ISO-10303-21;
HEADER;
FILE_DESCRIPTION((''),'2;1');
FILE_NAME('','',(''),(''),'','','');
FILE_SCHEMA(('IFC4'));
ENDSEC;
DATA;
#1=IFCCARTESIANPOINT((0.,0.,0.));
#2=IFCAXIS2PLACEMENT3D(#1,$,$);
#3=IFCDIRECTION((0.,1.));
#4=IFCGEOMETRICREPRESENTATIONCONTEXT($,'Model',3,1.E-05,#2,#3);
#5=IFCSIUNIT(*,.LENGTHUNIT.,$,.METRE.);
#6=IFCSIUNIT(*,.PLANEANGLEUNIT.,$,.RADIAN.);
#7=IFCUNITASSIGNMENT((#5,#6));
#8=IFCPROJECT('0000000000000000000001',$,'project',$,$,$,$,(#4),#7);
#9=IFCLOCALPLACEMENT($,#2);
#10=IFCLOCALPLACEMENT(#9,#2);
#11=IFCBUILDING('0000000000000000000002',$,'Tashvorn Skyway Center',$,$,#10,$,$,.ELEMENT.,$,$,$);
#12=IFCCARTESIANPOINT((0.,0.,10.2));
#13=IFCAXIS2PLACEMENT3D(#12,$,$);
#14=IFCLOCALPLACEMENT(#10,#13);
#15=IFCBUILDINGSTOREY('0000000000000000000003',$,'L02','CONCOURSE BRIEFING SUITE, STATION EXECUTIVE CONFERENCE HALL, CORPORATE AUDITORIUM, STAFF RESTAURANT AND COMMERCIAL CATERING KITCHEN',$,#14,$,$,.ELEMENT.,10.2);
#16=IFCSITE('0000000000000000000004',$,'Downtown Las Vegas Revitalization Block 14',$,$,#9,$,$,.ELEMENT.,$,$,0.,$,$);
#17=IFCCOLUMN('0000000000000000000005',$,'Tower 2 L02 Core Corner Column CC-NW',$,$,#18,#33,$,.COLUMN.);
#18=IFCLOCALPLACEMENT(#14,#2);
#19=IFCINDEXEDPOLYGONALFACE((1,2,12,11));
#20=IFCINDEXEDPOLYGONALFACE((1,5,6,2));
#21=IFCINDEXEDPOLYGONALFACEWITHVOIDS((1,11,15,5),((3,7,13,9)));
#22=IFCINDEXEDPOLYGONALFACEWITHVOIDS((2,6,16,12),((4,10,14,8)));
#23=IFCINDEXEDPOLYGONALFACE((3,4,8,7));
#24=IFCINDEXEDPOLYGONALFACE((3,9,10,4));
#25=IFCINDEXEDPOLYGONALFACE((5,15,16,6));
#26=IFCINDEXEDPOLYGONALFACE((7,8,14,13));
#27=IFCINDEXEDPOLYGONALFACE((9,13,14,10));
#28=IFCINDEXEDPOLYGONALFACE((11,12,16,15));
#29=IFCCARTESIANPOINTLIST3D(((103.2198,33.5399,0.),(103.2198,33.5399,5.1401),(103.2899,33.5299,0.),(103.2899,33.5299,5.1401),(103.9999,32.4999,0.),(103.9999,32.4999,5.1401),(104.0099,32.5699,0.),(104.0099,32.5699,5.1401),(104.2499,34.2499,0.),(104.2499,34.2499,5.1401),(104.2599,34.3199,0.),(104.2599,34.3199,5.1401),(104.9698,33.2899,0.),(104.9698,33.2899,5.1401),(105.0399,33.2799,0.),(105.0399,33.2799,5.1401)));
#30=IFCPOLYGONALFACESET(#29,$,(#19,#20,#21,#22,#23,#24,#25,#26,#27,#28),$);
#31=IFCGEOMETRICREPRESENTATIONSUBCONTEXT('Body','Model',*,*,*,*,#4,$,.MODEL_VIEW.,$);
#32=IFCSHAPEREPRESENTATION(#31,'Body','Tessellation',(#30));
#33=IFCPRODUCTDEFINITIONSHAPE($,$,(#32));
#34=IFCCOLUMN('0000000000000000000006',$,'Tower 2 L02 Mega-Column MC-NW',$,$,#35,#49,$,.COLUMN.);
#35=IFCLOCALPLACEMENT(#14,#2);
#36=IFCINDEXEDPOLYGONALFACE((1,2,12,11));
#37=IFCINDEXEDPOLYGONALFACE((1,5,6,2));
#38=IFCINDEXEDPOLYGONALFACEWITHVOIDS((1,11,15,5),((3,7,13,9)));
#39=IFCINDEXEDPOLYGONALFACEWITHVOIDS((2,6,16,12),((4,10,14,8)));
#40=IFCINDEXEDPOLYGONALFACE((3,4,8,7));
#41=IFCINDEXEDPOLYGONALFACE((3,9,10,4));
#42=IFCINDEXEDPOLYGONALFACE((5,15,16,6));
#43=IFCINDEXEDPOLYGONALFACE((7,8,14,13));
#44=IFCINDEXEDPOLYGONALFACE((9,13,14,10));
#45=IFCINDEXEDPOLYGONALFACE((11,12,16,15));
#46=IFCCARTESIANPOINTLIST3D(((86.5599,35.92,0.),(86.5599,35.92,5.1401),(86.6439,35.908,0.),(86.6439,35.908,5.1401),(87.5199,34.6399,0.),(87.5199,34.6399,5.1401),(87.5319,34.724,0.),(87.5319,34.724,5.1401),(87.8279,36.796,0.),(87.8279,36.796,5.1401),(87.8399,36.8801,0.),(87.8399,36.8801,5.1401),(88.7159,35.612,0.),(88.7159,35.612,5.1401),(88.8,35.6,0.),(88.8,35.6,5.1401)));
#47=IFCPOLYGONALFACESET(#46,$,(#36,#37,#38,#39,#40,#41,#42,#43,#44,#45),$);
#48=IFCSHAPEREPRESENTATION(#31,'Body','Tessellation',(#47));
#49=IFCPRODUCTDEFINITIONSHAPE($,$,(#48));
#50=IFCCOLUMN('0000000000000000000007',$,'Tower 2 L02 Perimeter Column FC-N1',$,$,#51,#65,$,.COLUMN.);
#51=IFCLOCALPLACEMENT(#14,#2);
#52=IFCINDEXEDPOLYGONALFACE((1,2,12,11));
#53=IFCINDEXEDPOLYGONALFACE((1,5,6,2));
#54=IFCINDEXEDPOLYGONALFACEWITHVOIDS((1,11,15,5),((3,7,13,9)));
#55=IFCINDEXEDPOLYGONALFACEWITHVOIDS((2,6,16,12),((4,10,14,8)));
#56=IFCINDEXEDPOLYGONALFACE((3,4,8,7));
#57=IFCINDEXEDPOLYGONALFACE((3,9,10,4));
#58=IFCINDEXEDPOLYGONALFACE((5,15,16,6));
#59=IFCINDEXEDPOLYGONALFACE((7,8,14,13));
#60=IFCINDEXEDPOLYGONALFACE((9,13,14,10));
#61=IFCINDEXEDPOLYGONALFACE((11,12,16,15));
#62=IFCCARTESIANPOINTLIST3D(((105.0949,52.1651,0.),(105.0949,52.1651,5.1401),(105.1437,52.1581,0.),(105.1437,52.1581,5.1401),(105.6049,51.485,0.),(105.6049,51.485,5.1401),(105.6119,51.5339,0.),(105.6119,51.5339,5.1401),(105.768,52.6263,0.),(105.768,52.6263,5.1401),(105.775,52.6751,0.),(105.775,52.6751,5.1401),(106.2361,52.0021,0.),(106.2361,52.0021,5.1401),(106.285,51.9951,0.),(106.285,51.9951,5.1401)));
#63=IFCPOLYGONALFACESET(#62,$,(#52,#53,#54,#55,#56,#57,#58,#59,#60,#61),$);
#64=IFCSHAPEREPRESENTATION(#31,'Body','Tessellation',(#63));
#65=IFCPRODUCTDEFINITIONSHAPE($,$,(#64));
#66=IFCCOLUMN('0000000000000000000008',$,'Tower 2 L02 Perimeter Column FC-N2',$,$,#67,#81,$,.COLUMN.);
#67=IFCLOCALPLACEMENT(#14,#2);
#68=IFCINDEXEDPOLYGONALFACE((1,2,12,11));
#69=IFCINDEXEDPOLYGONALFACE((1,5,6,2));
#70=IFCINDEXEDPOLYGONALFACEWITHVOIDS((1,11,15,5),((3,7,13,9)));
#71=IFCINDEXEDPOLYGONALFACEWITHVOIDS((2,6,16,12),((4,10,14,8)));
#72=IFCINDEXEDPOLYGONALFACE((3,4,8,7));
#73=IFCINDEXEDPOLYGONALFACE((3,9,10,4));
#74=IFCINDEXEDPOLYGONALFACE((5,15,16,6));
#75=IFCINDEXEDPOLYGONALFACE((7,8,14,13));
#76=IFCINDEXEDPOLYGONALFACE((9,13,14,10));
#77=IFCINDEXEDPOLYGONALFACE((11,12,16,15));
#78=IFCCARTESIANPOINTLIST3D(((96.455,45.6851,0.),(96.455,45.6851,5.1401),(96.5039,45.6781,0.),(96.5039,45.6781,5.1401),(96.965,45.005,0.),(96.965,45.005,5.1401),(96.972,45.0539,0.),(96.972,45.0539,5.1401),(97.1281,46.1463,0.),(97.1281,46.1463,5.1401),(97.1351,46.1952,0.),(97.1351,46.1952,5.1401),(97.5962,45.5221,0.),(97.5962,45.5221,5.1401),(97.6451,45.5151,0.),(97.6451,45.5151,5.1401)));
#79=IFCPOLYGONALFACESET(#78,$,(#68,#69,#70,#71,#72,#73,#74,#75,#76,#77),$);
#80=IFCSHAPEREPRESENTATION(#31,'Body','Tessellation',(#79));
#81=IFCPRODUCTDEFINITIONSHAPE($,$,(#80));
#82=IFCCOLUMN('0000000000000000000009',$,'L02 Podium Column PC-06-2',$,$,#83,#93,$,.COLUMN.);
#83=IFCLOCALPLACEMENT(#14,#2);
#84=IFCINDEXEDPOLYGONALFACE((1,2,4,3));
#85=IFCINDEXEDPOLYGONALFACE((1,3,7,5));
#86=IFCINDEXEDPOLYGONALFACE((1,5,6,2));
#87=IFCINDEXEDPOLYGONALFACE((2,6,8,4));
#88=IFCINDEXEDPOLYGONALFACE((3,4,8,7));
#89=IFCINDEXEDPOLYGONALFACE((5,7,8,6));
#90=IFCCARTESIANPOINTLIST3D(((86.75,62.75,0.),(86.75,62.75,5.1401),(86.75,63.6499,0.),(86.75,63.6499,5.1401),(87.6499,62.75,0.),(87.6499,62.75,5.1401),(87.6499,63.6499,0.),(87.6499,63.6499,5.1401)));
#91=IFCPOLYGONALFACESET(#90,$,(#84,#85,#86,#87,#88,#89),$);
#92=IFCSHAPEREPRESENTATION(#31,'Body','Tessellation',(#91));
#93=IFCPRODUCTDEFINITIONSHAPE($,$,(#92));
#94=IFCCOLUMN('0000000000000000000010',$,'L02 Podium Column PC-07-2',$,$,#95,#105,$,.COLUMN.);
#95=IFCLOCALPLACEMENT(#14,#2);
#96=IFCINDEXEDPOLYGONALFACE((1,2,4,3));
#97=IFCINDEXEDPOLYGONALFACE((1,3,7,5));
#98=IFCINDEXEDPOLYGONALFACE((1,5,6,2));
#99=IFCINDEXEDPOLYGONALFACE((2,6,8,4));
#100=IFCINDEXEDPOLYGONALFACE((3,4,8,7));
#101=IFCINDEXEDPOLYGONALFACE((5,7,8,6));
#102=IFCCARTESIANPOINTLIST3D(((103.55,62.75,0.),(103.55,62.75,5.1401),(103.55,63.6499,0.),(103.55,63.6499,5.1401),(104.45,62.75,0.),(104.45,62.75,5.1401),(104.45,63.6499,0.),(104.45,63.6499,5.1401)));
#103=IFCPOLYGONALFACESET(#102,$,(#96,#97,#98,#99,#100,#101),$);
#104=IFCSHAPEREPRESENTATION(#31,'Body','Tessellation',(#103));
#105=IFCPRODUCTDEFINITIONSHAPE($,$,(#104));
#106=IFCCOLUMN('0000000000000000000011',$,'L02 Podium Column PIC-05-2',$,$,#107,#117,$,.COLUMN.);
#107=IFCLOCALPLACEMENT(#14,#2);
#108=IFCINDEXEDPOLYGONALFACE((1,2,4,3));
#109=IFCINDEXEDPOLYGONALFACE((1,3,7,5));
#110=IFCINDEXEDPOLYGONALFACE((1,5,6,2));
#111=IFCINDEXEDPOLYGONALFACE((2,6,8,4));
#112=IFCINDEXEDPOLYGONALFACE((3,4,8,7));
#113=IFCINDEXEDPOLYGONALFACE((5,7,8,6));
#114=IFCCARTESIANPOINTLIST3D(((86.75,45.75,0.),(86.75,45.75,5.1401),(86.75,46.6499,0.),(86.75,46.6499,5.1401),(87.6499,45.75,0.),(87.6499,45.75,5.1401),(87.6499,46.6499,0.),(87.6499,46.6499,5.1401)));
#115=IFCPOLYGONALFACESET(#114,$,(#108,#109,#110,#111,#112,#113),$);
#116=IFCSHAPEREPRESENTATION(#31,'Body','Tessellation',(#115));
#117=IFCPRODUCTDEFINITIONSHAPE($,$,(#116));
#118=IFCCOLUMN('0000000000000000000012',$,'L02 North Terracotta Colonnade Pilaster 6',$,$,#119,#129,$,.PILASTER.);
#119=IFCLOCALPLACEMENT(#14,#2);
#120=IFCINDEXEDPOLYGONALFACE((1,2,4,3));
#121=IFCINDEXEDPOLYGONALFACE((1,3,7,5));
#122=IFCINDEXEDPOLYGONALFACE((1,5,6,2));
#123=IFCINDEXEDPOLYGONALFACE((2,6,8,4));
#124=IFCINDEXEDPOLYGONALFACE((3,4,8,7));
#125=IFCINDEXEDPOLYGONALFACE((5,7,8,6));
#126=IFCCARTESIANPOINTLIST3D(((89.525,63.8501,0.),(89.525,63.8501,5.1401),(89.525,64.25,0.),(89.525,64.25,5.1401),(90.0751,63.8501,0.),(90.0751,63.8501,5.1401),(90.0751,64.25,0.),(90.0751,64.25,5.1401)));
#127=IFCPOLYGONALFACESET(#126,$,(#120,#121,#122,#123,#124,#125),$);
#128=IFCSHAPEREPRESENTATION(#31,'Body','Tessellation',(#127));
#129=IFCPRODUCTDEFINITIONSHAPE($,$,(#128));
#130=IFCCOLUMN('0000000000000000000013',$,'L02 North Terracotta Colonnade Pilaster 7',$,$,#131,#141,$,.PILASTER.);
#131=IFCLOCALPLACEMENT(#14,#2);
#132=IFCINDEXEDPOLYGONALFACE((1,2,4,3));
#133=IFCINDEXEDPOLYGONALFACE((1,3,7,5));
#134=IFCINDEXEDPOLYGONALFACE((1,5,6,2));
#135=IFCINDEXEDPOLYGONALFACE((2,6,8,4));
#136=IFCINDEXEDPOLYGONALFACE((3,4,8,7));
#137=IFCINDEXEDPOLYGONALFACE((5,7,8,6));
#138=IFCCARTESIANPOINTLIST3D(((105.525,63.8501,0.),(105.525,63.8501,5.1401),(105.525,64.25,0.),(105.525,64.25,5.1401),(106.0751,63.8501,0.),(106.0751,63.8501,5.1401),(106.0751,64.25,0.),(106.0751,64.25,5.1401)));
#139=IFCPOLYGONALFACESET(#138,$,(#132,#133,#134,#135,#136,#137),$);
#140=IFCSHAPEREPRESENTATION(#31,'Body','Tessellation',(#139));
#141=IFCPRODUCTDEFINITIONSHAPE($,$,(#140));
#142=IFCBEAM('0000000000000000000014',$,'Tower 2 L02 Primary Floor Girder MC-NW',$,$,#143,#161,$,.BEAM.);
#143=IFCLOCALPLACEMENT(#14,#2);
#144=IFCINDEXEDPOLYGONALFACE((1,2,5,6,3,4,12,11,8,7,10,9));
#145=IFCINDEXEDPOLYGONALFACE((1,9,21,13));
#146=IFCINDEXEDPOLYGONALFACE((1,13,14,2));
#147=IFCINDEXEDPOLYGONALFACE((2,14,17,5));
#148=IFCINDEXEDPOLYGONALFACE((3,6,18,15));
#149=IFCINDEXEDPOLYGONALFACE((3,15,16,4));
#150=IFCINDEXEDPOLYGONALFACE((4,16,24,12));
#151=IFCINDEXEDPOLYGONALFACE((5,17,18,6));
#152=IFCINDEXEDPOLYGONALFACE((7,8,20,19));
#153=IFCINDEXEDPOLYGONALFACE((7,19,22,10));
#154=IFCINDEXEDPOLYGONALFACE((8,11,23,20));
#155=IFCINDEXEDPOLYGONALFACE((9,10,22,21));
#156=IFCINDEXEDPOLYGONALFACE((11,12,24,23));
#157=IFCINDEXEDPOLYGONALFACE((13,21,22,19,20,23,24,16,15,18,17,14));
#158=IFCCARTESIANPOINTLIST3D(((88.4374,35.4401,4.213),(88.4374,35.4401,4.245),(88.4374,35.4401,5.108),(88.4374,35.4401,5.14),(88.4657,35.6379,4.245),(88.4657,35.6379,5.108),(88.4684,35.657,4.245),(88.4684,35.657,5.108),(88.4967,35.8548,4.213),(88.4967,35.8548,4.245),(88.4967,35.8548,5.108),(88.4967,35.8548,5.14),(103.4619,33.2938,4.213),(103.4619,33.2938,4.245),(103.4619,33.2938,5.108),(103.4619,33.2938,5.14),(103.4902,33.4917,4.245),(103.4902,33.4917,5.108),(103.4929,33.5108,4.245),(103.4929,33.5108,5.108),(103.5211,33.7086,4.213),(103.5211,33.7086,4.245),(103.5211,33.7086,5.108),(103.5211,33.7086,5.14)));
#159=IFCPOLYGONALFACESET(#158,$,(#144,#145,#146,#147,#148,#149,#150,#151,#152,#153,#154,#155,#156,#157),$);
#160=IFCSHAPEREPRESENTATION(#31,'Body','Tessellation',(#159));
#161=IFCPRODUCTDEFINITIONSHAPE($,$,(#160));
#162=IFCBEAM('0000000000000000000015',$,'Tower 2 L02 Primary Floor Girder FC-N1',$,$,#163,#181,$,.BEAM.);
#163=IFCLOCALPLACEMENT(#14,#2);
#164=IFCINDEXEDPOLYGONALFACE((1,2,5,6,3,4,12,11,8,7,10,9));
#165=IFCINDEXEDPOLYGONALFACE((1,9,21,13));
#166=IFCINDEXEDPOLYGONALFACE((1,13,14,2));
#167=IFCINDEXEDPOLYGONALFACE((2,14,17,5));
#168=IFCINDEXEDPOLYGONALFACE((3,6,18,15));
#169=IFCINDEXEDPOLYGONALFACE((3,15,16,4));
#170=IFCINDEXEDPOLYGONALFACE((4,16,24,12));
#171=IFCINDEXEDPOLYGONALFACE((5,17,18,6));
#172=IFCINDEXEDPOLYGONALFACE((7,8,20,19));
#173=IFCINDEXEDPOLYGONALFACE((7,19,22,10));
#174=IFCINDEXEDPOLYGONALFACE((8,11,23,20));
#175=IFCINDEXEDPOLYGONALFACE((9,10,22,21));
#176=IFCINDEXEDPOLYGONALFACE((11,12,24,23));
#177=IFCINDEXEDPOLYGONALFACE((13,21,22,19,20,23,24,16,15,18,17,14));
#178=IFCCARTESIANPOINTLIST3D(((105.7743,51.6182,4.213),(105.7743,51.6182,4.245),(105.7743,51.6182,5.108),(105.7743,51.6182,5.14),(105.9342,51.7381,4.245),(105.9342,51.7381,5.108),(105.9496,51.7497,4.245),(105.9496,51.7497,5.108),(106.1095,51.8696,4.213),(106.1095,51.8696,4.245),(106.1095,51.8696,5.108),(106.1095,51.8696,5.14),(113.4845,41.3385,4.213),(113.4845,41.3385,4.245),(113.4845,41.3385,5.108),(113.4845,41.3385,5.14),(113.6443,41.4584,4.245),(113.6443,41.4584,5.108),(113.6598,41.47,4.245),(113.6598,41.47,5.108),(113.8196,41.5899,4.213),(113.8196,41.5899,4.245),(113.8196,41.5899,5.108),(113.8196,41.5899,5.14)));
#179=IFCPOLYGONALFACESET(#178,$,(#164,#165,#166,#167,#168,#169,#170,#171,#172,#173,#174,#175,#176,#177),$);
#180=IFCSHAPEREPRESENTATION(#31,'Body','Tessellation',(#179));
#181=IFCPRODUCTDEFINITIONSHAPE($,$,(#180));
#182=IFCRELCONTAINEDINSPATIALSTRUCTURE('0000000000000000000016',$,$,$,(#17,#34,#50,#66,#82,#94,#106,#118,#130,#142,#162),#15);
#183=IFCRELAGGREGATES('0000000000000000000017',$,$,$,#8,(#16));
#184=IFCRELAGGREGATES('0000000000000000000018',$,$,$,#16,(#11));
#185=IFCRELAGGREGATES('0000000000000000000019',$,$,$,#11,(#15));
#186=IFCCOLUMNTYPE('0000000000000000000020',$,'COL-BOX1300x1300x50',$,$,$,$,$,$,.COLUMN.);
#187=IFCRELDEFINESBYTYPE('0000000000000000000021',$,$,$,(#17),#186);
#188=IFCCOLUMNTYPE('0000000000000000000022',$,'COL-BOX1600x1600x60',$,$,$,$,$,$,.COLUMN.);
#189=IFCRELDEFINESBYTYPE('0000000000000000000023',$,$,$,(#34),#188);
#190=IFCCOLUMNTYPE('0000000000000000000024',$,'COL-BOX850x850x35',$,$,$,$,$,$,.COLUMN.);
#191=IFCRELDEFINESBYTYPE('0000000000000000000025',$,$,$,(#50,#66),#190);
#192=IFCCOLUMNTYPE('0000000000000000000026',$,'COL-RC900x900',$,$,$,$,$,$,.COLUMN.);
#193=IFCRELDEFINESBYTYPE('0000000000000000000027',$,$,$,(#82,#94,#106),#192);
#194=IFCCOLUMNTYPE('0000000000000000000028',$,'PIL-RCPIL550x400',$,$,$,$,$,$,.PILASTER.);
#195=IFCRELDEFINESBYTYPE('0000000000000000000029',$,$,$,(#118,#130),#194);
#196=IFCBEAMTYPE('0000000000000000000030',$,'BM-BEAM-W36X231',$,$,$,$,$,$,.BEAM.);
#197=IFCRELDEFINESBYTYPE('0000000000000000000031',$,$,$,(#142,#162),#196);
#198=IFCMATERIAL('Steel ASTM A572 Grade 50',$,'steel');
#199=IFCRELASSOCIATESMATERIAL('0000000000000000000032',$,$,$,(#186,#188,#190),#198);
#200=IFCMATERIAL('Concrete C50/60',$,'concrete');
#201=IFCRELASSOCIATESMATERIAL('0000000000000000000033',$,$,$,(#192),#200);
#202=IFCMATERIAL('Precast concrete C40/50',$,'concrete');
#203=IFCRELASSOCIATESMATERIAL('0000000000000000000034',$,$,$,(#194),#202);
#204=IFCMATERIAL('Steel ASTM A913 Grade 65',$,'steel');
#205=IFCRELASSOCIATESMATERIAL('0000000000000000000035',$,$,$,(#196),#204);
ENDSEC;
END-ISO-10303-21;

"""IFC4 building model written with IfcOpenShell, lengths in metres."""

from ifc_helpers import new_model, si_unit, direction, frame, origin, origin_2d, place, context, subcontext, project, spatial, rectangle, hollow_rectangle, i_section, extrude, material, material_profile, profile_set, type_object, element, save


model = new_model("IFC4")

# Units and contexts
model_context = context("Model", 3, precision=1e-05, world=origin(), true_north=direction((0.0, 1.0)))
body_context = subcontext(model_context, "Body", "Model", "MODEL_VIEW")
ifc_project = project(units=[si_unit("LENGTHUNIT", "METRE"), si_unit("PLANEANGLEUNIT", "RADIAN")], contexts=[model_context])

# Site, building, storey
site_placement = place(None, origin())
site = spatial("IfcSite", under=ifc_project, at=site_placement, Name="Downtown Las Vegas Revitalization Block 14", CompositionType="ELEMENT", RefElevation=0.0)
building_placement = place(site_placement, origin())
building = spatial("IfcBuilding", under=site, at=building_placement, Name="Tashvorn Skyway Center", CompositionType="ELEMENT")
storey_placement = place(building_placement, frame((0.0, 0.0, 10.2)))
storey = spatial("IfcBuildingStorey", under=building, at=storey_placement, Name="L02", Description="CONCOURSE BRIEFING SUITE, STATION EXECUTIVE CONFERENCE HALL, CORPORATE AUDITORIUM, STAFF RESTAURANT AND COMMERCIAL CATERING KITCHEN", CompositionType="ELEMENT", Elevation=10.2)

# Columns
ifc_material_1 = material(Name="Steel ASTM A572 Grade 50", Category="steel")
ifc_material_profile_1 = material_profile(ifc_material_1, hollow_rectangle(XDim=1.3, YDim=1.3, WallThickness=0.05, at=origin_2d()), Name="BOX1300x1300x50")
ifc_profile_set_1 = profile_set([ifc_material_profile_1], Name="Steel ASTM A572 Grade 50")
column_type_1 = type_object("IfcColumnType", Name="COL-BOX1300x1300x50", PredefinedType="COLUMN", material=ifc_profile_set_1)
column_1_placement = place(storey_placement, frame((104.1299, 33.4099, 0.0), z_axis=(0.0, 0.0, 1.0), x_axis=(0.8, 0.6, 0.0)))
element("IfcColumn", 1, at=column_1_placement, inside=storey, type_object=column_type_1, Name="Tower 2 L02 Core Corner Column CC-NW", PredefinedType="COLUMN", context=body_context, shape_type="SweptSolid", body=[
    extrude(hollow_rectangle(XDim=1.3, YDim=1.3, WallThickness=0.05, at=origin_2d()), origin(), (0.0, 0.0, 1.0), 5.1401),
])
ifc_material_profile_2 = material_profile(ifc_material_1, hollow_rectangle(XDim=1.6001, YDim=1.6001, WallThickness=0.0601, at=origin_2d()), Name="BOX1600x1600x60")
ifc_profile_set_2 = profile_set([ifc_material_profile_2], Name="Steel ASTM A572 Grade 50")
column_type_2 = type_object("IfcColumnType", Name="COL-BOX1600x1600x60", PredefinedType="COLUMN", material=ifc_profile_set_2)
column_2_placement = place(storey_placement, frame((87.6799, 35.76, 0.0), z_axis=(0.0, 0.0, 1.0), x_axis=(0.8, 0.6, 0.0)))
element("IfcColumn", 2, at=column_2_placement, inside=storey, type_object=column_type_2, Name="Tower 2 L02 Mega-Column MC-NW", PredefinedType="COLUMN", context=body_context, shape_type="SweptSolid", body=[
    extrude(hollow_rectangle(XDim=1.6001, YDim=1.6001, WallThickness=0.0601, at=origin_2d()), origin(), (0.0, 0.0, 1.0), 5.1401),
])
ifc_material_profile_3 = material_profile(ifc_material_1, hollow_rectangle(XDim=0.8501, YDim=0.8501, WallThickness=0.0349, at=origin_2d()), Name="BOX850x850x35")
ifc_profile_set_3 = profile_set([ifc_material_profile_3], Name="Steel ASTM A572 Grade 50")
column_type_3 = type_object("IfcColumnType", Name="COL-BOX850x850x35", PredefinedType="COLUMN", material=ifc_profile_set_3)
for number, where, z_axis, x_axis, name in (
    (3, (105.6899, 52.0801, 0.0), (0.0, 0.0, 1.0), (0.8, 0.6, 0.0), "Tower 2 L02 Perimeter Column FC-N1"),
    (4, (97.05, 45.6001, 0.0), (0.0, 0.0, 1.0), (0.8, 0.6, 0.0), "Tower 2 L02 Perimeter Column FC-N2"),
):
    element("IfcColumn", number, at=place(storey_placement, frame(where, z_axis=z_axis, x_axis=x_axis)), inside=storey, type_object=column_type_3, Name=name, PredefinedType="COLUMN", context=body_context, shape_type="SweptSolid", body=[
        extrude(hollow_rectangle(XDim=0.8501, YDim=0.8501, WallThickness=0.0349, at=origin_2d()), origin(), (0.0, 0.0, 1.0), 5.1401),
    ])
ifc_material_2 = material(Name="Concrete C50/60", Category="concrete")
ifc_material_profile_4 = material_profile(ifc_material_2, rectangle(XDim=0.8999, YDim=0.8999, at=origin_2d()), Name="RC900x900")
ifc_profile_set_4 = profile_set([ifc_material_profile_4], Name="Concrete C50/60")
column_type_4 = type_object("IfcColumnType", Name="COL-RC900x900", PredefinedType="COLUMN", material=ifc_profile_set_4)
for number, where, z_axis, x_axis, name in (
    (5, (87.2, 63.2, 0.0), (0.0, 0.0, 1.0), (1.0, 0.0, 0.0), "L02 Podium Column PC-06-2"),
    (6, (104.0, 63.2, 0.0), (0.0, 0.0, 1.0), (1.0, 0.0, 0.0), "L02 Podium Column PC-07-2"),
    (7, (87.2, 46.2, 0.0), (0.0, 0.0, 1.0), (1.0, 0.0, 0.0), "L02 Podium Column PIC-05-2"),
):
    element("IfcColumn", number, at=place(storey_placement, frame(where, z_axis=z_axis, x_axis=x_axis)), inside=storey, type_object=column_type_4, Name=name, PredefinedType="COLUMN", context=body_context, shape_type="SweptSolid", body=[
        extrude(rectangle(XDim=0.8999, YDim=0.8999, at=origin_2d()), origin(), (0.0, 0.0, 1.0), 5.1401),
    ])
ifc_material_3 = material(Name="Precast concrete C40/50", Category="concrete")
ifc_material_profile_5 = material_profile(ifc_material_3, rectangle(XDim=0.55, YDim=0.3999, at=origin_2d()), Name="RCPIL550x400")
ifc_profile_set_5 = profile_set([ifc_material_profile_5], Name="Precast concrete C40/50")
column_type_5 = type_object("IfcColumnType", Name="PIL-RCPIL550x400", PredefinedType="PILASTER", material=ifc_profile_set_5)
for number, where, z_axis, x_axis, name in (
    (8, (89.8, 64.05, 0.0), (0.0, 0.0, 1.0), (1.0, 0.0, 0.0), "L02 North Terracotta Colonnade Pilaster 6"),
    (9, (105.8, 64.05, 0.0), (0.0, 0.0, 1.0), (1.0, 0.0, 0.0), "L02 North Terracotta Colonnade Pilaster 7"),
):
    element("IfcColumn", number, at=place(storey_placement, frame(where, z_axis=z_axis, x_axis=x_axis)), inside=storey, type_object=column_type_5, Name=name, PredefinedType="PILASTER", context=body_context, shape_type="SweptSolid", body=[
        extrude(rectangle(XDim=0.55, YDim=0.3999, at=origin_2d()), origin(), (0.0, 0.0, 1.0), 5.1401),
    ])

# Beams
ifc_material_4 = material(Name="Steel ASTM A913 Grade 65", Category="steel")
ifc_material_profile_6 = material_profile(ifc_material_4, i_section(OverallWidth=0.4189, OverallDepth=0.927, WebThickness=0.0193, FlangeThickness=0.032, at=origin_2d()), Name="W36X231")
ifc_profile_set_6 = profile_set([ifc_material_profile_6], Name="Steel ASTM A913 Grade 65")
beam_type_1 = type_object("IfcBeamType", Name="BM-BEAM-W36X231", PredefinedType="BEAM", material=ifc_profile_set_6)
beam_1_placement = place(storey_placement, frame((88.467, 35.6475, 4.6765), z_axis=(0.98995, -0.141415, 0.0), x_axis=(0.141415, 0.98995, 0.0)))
element("IfcBeam", 10, at=beam_1_placement, inside=storey, type_object=beam_type_1, Name="Tower 2 L02 Primary Floor Girder MC-NW", PredefinedType="BEAM", context=body_context, shape_type="SweptSolid", body=[
    extrude(i_section(OverallWidth=0.4189, OverallDepth=0.927, WebThickness=0.0193, FlangeThickness=0.032, at=origin_2d()), origin(), (0.0, 0.0, 1.0), 15.177),
])
beam_2_placement = place(storey_placement, frame((105.9419, 51.7439, 4.6765), z_axis=(0.600018, -0.799986, 0.0), x_axis=(0.799986, 0.600018, 0.0)))
element("IfcBeam", 11, at=beam_2_placement, inside=storey, type_object=beam_type_1, Name="Tower 2 L02 Primary Floor Girder FC-N1", PredefinedType="BEAM", context=body_context, shape_type="SweptSolid", body=[
    extrude(i_section(OverallWidth=0.4189, OverallDepth=0.927, WebThickness=0.0193, FlangeThickness=0.032, at=origin_2d()), origin(), (0.0, 0.0, 1.0), 12.8499),
])

save(model, "model.ifc")
